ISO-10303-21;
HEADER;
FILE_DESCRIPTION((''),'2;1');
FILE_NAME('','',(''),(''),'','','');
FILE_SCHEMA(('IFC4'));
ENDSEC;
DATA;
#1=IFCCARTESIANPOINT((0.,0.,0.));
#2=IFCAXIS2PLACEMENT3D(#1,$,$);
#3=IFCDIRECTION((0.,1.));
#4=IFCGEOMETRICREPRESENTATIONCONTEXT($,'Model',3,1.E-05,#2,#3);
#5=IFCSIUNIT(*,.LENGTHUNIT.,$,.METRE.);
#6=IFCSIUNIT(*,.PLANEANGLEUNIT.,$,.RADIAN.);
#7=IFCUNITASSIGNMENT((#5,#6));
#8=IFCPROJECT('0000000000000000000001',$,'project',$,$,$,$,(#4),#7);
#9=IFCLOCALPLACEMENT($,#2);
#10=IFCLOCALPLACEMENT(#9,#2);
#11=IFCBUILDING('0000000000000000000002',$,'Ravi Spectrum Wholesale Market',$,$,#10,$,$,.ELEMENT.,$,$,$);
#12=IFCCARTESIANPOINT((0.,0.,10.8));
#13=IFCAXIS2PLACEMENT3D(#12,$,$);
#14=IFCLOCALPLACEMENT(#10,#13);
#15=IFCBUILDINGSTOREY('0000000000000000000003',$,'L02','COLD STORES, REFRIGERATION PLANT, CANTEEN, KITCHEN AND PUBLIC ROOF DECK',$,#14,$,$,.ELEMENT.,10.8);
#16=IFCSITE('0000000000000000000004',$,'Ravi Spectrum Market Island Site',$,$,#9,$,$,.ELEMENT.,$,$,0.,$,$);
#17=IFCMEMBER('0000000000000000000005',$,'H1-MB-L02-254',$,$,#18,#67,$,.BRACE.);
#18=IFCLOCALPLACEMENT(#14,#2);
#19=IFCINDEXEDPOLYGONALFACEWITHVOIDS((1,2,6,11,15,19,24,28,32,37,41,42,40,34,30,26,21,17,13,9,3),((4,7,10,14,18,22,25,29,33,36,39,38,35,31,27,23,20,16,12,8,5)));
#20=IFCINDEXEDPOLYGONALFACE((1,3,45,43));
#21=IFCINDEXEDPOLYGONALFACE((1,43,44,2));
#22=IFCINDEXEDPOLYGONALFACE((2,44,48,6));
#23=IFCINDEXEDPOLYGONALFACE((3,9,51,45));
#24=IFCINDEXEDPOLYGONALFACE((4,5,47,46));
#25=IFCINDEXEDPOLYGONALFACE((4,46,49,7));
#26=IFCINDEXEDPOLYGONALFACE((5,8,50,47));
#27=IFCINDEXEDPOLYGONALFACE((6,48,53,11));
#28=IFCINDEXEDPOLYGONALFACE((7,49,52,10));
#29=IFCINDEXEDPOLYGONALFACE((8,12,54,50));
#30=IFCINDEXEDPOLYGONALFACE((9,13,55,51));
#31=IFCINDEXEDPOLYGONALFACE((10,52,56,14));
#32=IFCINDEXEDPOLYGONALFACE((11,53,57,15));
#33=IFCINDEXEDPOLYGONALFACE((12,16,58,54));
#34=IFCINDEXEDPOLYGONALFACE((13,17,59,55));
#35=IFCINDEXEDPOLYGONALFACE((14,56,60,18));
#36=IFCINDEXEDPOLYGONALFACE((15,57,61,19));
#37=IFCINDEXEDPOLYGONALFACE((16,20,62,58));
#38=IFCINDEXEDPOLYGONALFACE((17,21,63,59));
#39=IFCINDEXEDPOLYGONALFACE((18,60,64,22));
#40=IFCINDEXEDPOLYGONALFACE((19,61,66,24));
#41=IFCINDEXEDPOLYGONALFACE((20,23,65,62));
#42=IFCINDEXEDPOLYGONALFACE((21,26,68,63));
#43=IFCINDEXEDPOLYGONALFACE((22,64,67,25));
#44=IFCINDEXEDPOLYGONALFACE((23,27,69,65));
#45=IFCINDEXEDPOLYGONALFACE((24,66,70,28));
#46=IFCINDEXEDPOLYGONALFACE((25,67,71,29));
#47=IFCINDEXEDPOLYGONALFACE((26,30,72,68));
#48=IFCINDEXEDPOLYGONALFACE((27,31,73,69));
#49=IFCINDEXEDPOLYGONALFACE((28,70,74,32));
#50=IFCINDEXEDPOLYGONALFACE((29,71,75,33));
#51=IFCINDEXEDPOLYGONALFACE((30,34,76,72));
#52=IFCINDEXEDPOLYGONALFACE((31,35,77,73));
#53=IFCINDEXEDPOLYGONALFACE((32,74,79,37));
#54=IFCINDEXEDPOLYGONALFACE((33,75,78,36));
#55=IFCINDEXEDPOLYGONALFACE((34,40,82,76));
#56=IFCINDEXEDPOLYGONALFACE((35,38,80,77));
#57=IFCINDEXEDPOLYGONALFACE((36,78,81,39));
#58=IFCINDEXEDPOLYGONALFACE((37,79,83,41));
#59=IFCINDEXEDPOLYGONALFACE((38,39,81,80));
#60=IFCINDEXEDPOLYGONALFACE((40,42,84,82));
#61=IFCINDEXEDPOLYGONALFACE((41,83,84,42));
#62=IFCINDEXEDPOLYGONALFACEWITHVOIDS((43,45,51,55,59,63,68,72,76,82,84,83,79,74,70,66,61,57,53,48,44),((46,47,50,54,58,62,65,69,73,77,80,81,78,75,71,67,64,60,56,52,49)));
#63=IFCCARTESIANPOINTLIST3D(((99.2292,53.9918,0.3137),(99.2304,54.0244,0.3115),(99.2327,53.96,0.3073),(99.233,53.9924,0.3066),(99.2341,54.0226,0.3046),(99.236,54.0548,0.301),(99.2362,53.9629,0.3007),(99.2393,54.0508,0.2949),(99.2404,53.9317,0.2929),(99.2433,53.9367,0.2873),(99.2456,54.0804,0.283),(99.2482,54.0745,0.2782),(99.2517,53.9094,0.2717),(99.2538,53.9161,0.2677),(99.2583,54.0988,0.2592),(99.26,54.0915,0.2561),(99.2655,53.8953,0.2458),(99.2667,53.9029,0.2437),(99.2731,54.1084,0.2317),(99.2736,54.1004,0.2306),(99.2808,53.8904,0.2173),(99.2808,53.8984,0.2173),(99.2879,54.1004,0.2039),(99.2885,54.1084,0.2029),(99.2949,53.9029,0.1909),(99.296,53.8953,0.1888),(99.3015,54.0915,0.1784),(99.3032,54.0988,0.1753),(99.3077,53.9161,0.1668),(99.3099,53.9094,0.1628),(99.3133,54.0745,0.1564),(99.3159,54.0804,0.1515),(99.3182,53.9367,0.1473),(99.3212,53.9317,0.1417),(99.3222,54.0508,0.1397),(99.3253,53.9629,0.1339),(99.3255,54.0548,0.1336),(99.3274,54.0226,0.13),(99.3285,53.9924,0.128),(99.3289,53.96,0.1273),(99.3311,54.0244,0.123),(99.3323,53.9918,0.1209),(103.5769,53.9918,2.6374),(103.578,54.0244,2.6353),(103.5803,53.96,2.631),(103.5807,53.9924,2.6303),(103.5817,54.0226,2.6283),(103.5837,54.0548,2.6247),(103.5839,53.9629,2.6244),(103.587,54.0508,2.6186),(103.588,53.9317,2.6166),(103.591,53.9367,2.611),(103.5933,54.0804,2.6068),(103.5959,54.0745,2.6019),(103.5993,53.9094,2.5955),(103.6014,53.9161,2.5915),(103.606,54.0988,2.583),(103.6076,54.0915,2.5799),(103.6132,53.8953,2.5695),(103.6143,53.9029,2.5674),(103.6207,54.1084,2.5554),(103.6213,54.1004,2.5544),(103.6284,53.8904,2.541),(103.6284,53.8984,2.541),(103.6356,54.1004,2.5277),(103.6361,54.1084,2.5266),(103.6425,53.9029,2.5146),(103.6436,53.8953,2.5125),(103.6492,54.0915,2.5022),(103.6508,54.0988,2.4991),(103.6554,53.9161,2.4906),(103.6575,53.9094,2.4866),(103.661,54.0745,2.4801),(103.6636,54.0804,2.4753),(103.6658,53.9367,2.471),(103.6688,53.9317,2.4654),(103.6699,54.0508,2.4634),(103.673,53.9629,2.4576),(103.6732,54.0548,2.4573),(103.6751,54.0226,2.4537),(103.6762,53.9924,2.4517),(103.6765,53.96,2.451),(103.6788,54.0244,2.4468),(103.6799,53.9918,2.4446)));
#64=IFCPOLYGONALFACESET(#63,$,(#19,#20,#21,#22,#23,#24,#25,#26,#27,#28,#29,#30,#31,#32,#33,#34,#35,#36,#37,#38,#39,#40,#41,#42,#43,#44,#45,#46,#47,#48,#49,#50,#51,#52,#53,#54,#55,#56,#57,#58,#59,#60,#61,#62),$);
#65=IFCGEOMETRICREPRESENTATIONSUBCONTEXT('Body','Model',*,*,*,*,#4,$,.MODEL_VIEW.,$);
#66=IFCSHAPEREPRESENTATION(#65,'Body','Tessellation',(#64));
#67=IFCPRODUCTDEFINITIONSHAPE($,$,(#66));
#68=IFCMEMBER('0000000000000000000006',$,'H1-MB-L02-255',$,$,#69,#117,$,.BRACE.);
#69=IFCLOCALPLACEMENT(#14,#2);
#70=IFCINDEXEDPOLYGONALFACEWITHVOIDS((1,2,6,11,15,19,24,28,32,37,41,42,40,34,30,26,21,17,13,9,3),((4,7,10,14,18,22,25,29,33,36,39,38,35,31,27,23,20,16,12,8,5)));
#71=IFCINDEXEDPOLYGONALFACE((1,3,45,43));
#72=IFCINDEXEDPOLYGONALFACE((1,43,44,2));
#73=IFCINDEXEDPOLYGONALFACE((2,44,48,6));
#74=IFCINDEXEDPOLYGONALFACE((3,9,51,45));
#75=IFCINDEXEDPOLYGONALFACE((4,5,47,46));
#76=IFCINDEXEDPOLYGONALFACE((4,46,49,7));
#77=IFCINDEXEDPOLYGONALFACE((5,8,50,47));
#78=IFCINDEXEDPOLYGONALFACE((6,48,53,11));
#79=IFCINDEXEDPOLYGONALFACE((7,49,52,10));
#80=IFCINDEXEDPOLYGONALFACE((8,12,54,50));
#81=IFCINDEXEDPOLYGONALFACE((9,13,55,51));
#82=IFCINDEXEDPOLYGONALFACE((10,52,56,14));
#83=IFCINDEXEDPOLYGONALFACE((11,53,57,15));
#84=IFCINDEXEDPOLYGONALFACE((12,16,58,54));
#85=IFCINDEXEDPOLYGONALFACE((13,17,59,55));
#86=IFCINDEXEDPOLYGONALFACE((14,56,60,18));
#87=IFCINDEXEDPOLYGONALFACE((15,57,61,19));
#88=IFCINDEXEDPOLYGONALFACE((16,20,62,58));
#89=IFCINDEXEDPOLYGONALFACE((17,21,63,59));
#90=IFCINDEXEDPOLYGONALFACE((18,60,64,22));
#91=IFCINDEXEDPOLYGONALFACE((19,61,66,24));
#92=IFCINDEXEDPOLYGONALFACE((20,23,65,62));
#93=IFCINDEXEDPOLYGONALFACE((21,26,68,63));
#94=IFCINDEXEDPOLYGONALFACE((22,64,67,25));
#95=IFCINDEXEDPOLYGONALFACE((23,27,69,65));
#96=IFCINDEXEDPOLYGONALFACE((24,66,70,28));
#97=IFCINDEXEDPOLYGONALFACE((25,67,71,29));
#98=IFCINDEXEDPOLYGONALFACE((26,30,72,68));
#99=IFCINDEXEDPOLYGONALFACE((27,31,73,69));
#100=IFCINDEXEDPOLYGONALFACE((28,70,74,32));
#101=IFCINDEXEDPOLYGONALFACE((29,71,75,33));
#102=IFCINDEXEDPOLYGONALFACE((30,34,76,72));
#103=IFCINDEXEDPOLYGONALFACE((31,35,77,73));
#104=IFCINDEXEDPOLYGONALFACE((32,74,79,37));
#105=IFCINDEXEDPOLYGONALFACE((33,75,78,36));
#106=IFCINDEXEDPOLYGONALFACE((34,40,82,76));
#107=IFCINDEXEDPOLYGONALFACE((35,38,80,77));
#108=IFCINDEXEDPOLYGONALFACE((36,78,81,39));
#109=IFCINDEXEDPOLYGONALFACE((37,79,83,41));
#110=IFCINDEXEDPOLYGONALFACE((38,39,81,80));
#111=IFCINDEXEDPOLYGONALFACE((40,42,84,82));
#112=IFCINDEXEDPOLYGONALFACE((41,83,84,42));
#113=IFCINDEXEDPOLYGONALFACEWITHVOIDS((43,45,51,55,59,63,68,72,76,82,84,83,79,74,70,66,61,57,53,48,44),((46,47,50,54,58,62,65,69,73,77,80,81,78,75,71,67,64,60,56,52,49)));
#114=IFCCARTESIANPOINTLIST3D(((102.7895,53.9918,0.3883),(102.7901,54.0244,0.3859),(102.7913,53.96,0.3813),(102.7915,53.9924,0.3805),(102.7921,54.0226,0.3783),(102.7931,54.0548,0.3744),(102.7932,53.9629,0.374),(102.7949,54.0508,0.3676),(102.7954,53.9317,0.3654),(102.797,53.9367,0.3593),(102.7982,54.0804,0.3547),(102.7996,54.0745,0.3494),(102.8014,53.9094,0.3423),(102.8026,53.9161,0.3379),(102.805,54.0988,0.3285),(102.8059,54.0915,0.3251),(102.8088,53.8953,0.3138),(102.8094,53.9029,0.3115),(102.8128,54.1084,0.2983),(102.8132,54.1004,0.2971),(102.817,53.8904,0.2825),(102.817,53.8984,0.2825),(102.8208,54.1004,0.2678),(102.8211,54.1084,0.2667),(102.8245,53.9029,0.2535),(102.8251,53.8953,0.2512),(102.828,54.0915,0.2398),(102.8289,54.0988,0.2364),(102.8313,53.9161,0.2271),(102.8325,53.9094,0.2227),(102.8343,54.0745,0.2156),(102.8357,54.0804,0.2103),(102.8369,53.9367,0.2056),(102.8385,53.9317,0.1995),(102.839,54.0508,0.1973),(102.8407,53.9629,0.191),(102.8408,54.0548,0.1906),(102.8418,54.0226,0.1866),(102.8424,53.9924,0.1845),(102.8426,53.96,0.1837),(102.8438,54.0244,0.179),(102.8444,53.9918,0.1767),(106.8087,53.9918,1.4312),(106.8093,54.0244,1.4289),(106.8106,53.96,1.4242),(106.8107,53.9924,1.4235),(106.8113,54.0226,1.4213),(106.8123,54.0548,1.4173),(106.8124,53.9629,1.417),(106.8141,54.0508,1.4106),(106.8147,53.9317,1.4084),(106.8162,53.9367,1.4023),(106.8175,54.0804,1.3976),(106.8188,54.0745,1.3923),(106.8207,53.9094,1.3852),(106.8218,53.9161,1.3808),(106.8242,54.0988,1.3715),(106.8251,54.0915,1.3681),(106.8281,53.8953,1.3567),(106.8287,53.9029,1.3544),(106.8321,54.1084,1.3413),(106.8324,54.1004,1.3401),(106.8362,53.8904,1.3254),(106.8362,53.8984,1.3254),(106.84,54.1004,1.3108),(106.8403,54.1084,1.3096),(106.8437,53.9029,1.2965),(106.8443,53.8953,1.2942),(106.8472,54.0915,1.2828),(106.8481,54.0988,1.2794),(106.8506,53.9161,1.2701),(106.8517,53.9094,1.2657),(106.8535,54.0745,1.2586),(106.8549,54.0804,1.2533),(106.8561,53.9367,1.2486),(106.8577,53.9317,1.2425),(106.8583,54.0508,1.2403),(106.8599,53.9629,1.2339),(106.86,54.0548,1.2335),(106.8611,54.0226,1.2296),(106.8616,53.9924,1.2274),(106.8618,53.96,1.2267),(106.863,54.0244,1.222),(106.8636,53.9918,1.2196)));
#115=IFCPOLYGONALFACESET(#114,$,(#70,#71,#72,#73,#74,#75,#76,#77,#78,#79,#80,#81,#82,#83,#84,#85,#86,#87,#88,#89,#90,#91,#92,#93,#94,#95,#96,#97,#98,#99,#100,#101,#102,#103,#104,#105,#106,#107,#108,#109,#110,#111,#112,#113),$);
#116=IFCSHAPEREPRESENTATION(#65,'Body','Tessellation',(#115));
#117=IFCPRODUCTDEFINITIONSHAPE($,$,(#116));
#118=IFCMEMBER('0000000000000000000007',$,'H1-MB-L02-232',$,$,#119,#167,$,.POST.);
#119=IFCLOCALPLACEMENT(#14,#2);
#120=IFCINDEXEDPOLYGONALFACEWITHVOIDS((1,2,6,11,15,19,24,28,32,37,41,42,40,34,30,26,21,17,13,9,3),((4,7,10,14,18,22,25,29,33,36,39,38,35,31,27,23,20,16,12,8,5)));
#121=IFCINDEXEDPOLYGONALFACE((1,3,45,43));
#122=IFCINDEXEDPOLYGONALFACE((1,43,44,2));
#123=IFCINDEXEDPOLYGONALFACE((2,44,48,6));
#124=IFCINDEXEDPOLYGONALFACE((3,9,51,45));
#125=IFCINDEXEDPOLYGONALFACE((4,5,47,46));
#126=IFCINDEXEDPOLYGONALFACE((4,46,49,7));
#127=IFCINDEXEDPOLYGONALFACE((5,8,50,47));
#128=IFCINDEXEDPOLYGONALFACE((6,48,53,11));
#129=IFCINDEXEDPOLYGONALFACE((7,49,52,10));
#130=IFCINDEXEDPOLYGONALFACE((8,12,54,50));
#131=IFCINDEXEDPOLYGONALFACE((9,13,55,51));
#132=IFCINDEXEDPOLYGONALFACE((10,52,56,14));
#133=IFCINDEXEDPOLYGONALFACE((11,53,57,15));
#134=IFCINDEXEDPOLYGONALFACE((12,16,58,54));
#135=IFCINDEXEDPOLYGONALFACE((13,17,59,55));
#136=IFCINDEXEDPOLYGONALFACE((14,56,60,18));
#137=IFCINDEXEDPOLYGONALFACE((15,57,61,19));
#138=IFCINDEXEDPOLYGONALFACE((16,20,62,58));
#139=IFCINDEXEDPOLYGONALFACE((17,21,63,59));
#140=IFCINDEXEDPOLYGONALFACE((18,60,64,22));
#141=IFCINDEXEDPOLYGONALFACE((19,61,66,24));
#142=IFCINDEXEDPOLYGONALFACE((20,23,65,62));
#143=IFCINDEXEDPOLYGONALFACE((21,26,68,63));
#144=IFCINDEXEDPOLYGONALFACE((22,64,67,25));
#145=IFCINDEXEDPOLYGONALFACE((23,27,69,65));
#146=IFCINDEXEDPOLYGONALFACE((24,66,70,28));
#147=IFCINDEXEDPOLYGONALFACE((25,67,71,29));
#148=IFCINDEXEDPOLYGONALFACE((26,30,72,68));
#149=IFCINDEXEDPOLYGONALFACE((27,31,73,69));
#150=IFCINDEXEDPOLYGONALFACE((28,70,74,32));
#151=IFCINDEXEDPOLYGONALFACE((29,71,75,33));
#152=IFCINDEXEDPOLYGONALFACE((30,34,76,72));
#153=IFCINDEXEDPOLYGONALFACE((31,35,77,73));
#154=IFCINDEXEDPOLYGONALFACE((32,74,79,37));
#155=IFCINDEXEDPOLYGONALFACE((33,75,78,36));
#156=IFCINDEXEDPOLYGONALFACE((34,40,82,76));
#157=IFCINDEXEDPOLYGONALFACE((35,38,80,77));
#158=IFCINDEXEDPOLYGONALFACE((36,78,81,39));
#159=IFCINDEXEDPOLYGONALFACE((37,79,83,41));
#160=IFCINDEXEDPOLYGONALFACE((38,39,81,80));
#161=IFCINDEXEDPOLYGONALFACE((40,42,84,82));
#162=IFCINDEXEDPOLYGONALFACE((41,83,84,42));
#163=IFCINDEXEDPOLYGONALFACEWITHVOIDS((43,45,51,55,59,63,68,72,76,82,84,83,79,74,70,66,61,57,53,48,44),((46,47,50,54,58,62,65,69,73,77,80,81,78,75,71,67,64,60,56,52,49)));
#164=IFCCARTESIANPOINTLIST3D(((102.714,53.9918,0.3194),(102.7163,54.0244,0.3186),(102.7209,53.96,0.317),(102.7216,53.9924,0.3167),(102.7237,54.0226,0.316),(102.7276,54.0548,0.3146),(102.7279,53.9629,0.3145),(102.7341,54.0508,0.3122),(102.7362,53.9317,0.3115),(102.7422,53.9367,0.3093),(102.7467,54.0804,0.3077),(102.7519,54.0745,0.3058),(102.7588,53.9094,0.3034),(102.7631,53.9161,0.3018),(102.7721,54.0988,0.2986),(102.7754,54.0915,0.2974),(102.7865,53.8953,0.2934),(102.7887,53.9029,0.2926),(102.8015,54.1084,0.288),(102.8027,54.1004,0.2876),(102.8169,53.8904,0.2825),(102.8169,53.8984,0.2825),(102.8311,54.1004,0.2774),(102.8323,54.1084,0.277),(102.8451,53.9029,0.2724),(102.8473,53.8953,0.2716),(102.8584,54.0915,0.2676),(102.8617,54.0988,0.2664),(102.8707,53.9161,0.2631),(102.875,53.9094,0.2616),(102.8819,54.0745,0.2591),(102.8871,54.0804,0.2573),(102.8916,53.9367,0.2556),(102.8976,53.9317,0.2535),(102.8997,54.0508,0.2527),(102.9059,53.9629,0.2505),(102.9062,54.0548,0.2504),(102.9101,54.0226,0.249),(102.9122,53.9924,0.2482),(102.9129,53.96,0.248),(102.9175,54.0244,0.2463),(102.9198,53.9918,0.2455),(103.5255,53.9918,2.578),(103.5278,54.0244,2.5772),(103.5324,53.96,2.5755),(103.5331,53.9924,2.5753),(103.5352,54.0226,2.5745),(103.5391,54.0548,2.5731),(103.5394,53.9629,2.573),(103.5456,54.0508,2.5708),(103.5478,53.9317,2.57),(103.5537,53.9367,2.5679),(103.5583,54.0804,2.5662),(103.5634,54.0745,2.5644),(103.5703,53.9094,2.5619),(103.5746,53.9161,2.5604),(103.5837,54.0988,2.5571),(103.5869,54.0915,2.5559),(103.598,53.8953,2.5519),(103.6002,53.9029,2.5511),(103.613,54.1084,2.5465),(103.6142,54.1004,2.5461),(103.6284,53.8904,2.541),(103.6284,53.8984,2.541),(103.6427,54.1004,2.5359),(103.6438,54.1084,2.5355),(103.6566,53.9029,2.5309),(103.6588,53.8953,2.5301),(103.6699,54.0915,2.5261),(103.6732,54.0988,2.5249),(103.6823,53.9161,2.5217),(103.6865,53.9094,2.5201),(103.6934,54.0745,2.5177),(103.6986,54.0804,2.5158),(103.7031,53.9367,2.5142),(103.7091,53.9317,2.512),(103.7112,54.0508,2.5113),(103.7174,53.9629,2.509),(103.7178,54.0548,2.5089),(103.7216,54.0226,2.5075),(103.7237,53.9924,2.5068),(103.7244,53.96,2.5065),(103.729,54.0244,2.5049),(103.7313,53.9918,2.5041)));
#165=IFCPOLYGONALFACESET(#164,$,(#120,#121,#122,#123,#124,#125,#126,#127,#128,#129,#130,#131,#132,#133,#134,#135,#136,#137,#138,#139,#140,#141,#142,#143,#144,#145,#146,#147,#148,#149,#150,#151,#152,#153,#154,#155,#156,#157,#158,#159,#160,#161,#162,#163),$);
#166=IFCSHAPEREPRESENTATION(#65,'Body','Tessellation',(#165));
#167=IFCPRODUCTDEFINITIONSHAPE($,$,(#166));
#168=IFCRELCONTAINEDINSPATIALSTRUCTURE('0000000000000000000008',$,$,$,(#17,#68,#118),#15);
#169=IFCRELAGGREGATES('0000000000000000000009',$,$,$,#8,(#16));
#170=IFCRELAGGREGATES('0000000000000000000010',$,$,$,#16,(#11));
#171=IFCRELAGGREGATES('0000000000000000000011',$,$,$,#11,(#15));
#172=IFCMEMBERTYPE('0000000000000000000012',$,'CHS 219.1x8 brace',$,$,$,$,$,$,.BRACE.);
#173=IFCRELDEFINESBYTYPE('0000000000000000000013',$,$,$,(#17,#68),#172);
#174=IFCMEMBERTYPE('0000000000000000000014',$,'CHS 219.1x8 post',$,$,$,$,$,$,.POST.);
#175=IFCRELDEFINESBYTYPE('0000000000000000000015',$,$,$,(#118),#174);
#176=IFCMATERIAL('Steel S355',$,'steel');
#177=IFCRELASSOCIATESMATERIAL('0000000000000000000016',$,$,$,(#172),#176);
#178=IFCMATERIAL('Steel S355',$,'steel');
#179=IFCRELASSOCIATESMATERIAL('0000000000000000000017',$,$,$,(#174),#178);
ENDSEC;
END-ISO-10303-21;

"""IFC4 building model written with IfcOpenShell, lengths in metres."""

from ifc_helpers import new_model, si_unit, direction, frame, origin, origin_2d, place, context, subcontext, project, spatial, hollow_circle, extrude, material, material_profile, profile_set, type_object, element, save


model = new_model("IFC4")

# Units and contexts
model_context = context("Model", 3, precision=1e-05, world=origin(), true_north=direction((0.0, 1.0)))
body_context = subcontext(model_context, "Body", "Model", "MODEL_VIEW")
ifc_project = project(units=[si_unit("LENGTHUNIT", "METRE"), si_unit("PLANEANGLEUNIT", "RADIAN")], contexts=[model_context])

# Site, building, storey
site_placement = place(None, origin())
site = spatial("IfcSite", under=ifc_project, at=site_placement, Name="Ravi Spectrum Market Island Site", CompositionType="ELEMENT", RefElevation=0.0)
building_placement = place(site_placement, origin())
building = spatial("IfcBuilding", under=site, at=building_placement, Name="Ravi Spectrum Wholesale Market", CompositionType="ELEMENT")
storey_placement = place(building_placement, frame((0.0, 0.0, 10.8)))
storey = spatial("IfcBuildingStorey", under=building, at=storey_placement, Name="L02", Description="COLD STORES, REFRIGERATION PLANT, CANTEEN, KITCHEN AND PUBLIC ROOF DECK", CompositionType="ELEMENT", Elevation=10.8)

# Members
ifc_material_1 = material(Name="Steel S355", Category="steel")
ifc_material_profile_1 = material_profile(ifc_material_1, hollow_circle(Radius=0.1096, WallThickness=0.0081, at=origin_2d()))
ifc_profile_set_1 = profile_set([ifc_material_profile_1], Name="Steel S355")
member_type_1 = type_object("IfcMemberType", Name="CHS 219.1x8 brace", PredefinedType="BRACE", material=ifc_profile_set_1)
member_1_placement = place(storey_placement, frame((103.6284, 54.0, 2.541), z_axis=(-0.881933, 0.0, -0.471375), x_axis=(0.0, -1.0, 0.0)))
element("IfcMember", 1, at=member_1_placement, inside=storey, type_object=member_type_1, Name="H1-MB-L02-254", PredefinedType="BRACE", context=body_context, shape_type="SweptSolid", body=[
    extrude(hollow_circle(Radius=0.1096, WallThickness=0.0081, at=origin_2d()), origin(), (0.0, 0.0, 1.0), 4.9297),
])
member_2_placement = place(storey_placement, frame((106.8362, 54.0, 1.3254), z_axis=(-0.967942, 0.0, -0.251172), x_axis=(0.0, -1.0, 0.0)))
element("IfcMember", 2, at=member_2_placement, inside=storey, type_object=member_type_1, Name="H1-MB-L02-255", PredefinedType="BRACE", context=body_context, shape_type="SweptSolid", body=[
    extrude(hollow_circle(Radius=0.1096, WallThickness=0.0081, at=origin_2d()), origin(), (0.0, 0.0, 1.0), 4.1523),
])
ifc_material_2 = material(Name="Steel S355", Category="steel")
ifc_material_profile_2 = material_profile(ifc_material_2, hollow_circle(Radius=0.1096, WallThickness=0.0081, at=origin_2d()))
ifc_profile_set_2 = profile_set([ifc_material_profile_2], Name="Steel S355")
member_type_2 = type_object("IfcMemberType", Name="CHS 219.1x8 post", PredefinedType="POST", material=ifc_profile_set_2)
member_3_placement = place(storey_placement, frame((103.6284, 54.0, 2.541), z_axis=(-0.338147, 0.0, -0.941093), x_axis=(0.0, -1.0, 0.0)))
element("IfcMember", 3, at=member_3_placement, inside=storey, type_object=member_type_2, Name="H1-MB-L02-232", PredefinedType="POST", context=body_context, shape_type="SweptSolid", body=[
    extrude(hollow_circle(Radius=0.1096, WallThickness=0.0081, at=origin_2d()), origin(), (0.0, 0.0, 1.0), 2.3999),
])

save(model, "model.ifc")
